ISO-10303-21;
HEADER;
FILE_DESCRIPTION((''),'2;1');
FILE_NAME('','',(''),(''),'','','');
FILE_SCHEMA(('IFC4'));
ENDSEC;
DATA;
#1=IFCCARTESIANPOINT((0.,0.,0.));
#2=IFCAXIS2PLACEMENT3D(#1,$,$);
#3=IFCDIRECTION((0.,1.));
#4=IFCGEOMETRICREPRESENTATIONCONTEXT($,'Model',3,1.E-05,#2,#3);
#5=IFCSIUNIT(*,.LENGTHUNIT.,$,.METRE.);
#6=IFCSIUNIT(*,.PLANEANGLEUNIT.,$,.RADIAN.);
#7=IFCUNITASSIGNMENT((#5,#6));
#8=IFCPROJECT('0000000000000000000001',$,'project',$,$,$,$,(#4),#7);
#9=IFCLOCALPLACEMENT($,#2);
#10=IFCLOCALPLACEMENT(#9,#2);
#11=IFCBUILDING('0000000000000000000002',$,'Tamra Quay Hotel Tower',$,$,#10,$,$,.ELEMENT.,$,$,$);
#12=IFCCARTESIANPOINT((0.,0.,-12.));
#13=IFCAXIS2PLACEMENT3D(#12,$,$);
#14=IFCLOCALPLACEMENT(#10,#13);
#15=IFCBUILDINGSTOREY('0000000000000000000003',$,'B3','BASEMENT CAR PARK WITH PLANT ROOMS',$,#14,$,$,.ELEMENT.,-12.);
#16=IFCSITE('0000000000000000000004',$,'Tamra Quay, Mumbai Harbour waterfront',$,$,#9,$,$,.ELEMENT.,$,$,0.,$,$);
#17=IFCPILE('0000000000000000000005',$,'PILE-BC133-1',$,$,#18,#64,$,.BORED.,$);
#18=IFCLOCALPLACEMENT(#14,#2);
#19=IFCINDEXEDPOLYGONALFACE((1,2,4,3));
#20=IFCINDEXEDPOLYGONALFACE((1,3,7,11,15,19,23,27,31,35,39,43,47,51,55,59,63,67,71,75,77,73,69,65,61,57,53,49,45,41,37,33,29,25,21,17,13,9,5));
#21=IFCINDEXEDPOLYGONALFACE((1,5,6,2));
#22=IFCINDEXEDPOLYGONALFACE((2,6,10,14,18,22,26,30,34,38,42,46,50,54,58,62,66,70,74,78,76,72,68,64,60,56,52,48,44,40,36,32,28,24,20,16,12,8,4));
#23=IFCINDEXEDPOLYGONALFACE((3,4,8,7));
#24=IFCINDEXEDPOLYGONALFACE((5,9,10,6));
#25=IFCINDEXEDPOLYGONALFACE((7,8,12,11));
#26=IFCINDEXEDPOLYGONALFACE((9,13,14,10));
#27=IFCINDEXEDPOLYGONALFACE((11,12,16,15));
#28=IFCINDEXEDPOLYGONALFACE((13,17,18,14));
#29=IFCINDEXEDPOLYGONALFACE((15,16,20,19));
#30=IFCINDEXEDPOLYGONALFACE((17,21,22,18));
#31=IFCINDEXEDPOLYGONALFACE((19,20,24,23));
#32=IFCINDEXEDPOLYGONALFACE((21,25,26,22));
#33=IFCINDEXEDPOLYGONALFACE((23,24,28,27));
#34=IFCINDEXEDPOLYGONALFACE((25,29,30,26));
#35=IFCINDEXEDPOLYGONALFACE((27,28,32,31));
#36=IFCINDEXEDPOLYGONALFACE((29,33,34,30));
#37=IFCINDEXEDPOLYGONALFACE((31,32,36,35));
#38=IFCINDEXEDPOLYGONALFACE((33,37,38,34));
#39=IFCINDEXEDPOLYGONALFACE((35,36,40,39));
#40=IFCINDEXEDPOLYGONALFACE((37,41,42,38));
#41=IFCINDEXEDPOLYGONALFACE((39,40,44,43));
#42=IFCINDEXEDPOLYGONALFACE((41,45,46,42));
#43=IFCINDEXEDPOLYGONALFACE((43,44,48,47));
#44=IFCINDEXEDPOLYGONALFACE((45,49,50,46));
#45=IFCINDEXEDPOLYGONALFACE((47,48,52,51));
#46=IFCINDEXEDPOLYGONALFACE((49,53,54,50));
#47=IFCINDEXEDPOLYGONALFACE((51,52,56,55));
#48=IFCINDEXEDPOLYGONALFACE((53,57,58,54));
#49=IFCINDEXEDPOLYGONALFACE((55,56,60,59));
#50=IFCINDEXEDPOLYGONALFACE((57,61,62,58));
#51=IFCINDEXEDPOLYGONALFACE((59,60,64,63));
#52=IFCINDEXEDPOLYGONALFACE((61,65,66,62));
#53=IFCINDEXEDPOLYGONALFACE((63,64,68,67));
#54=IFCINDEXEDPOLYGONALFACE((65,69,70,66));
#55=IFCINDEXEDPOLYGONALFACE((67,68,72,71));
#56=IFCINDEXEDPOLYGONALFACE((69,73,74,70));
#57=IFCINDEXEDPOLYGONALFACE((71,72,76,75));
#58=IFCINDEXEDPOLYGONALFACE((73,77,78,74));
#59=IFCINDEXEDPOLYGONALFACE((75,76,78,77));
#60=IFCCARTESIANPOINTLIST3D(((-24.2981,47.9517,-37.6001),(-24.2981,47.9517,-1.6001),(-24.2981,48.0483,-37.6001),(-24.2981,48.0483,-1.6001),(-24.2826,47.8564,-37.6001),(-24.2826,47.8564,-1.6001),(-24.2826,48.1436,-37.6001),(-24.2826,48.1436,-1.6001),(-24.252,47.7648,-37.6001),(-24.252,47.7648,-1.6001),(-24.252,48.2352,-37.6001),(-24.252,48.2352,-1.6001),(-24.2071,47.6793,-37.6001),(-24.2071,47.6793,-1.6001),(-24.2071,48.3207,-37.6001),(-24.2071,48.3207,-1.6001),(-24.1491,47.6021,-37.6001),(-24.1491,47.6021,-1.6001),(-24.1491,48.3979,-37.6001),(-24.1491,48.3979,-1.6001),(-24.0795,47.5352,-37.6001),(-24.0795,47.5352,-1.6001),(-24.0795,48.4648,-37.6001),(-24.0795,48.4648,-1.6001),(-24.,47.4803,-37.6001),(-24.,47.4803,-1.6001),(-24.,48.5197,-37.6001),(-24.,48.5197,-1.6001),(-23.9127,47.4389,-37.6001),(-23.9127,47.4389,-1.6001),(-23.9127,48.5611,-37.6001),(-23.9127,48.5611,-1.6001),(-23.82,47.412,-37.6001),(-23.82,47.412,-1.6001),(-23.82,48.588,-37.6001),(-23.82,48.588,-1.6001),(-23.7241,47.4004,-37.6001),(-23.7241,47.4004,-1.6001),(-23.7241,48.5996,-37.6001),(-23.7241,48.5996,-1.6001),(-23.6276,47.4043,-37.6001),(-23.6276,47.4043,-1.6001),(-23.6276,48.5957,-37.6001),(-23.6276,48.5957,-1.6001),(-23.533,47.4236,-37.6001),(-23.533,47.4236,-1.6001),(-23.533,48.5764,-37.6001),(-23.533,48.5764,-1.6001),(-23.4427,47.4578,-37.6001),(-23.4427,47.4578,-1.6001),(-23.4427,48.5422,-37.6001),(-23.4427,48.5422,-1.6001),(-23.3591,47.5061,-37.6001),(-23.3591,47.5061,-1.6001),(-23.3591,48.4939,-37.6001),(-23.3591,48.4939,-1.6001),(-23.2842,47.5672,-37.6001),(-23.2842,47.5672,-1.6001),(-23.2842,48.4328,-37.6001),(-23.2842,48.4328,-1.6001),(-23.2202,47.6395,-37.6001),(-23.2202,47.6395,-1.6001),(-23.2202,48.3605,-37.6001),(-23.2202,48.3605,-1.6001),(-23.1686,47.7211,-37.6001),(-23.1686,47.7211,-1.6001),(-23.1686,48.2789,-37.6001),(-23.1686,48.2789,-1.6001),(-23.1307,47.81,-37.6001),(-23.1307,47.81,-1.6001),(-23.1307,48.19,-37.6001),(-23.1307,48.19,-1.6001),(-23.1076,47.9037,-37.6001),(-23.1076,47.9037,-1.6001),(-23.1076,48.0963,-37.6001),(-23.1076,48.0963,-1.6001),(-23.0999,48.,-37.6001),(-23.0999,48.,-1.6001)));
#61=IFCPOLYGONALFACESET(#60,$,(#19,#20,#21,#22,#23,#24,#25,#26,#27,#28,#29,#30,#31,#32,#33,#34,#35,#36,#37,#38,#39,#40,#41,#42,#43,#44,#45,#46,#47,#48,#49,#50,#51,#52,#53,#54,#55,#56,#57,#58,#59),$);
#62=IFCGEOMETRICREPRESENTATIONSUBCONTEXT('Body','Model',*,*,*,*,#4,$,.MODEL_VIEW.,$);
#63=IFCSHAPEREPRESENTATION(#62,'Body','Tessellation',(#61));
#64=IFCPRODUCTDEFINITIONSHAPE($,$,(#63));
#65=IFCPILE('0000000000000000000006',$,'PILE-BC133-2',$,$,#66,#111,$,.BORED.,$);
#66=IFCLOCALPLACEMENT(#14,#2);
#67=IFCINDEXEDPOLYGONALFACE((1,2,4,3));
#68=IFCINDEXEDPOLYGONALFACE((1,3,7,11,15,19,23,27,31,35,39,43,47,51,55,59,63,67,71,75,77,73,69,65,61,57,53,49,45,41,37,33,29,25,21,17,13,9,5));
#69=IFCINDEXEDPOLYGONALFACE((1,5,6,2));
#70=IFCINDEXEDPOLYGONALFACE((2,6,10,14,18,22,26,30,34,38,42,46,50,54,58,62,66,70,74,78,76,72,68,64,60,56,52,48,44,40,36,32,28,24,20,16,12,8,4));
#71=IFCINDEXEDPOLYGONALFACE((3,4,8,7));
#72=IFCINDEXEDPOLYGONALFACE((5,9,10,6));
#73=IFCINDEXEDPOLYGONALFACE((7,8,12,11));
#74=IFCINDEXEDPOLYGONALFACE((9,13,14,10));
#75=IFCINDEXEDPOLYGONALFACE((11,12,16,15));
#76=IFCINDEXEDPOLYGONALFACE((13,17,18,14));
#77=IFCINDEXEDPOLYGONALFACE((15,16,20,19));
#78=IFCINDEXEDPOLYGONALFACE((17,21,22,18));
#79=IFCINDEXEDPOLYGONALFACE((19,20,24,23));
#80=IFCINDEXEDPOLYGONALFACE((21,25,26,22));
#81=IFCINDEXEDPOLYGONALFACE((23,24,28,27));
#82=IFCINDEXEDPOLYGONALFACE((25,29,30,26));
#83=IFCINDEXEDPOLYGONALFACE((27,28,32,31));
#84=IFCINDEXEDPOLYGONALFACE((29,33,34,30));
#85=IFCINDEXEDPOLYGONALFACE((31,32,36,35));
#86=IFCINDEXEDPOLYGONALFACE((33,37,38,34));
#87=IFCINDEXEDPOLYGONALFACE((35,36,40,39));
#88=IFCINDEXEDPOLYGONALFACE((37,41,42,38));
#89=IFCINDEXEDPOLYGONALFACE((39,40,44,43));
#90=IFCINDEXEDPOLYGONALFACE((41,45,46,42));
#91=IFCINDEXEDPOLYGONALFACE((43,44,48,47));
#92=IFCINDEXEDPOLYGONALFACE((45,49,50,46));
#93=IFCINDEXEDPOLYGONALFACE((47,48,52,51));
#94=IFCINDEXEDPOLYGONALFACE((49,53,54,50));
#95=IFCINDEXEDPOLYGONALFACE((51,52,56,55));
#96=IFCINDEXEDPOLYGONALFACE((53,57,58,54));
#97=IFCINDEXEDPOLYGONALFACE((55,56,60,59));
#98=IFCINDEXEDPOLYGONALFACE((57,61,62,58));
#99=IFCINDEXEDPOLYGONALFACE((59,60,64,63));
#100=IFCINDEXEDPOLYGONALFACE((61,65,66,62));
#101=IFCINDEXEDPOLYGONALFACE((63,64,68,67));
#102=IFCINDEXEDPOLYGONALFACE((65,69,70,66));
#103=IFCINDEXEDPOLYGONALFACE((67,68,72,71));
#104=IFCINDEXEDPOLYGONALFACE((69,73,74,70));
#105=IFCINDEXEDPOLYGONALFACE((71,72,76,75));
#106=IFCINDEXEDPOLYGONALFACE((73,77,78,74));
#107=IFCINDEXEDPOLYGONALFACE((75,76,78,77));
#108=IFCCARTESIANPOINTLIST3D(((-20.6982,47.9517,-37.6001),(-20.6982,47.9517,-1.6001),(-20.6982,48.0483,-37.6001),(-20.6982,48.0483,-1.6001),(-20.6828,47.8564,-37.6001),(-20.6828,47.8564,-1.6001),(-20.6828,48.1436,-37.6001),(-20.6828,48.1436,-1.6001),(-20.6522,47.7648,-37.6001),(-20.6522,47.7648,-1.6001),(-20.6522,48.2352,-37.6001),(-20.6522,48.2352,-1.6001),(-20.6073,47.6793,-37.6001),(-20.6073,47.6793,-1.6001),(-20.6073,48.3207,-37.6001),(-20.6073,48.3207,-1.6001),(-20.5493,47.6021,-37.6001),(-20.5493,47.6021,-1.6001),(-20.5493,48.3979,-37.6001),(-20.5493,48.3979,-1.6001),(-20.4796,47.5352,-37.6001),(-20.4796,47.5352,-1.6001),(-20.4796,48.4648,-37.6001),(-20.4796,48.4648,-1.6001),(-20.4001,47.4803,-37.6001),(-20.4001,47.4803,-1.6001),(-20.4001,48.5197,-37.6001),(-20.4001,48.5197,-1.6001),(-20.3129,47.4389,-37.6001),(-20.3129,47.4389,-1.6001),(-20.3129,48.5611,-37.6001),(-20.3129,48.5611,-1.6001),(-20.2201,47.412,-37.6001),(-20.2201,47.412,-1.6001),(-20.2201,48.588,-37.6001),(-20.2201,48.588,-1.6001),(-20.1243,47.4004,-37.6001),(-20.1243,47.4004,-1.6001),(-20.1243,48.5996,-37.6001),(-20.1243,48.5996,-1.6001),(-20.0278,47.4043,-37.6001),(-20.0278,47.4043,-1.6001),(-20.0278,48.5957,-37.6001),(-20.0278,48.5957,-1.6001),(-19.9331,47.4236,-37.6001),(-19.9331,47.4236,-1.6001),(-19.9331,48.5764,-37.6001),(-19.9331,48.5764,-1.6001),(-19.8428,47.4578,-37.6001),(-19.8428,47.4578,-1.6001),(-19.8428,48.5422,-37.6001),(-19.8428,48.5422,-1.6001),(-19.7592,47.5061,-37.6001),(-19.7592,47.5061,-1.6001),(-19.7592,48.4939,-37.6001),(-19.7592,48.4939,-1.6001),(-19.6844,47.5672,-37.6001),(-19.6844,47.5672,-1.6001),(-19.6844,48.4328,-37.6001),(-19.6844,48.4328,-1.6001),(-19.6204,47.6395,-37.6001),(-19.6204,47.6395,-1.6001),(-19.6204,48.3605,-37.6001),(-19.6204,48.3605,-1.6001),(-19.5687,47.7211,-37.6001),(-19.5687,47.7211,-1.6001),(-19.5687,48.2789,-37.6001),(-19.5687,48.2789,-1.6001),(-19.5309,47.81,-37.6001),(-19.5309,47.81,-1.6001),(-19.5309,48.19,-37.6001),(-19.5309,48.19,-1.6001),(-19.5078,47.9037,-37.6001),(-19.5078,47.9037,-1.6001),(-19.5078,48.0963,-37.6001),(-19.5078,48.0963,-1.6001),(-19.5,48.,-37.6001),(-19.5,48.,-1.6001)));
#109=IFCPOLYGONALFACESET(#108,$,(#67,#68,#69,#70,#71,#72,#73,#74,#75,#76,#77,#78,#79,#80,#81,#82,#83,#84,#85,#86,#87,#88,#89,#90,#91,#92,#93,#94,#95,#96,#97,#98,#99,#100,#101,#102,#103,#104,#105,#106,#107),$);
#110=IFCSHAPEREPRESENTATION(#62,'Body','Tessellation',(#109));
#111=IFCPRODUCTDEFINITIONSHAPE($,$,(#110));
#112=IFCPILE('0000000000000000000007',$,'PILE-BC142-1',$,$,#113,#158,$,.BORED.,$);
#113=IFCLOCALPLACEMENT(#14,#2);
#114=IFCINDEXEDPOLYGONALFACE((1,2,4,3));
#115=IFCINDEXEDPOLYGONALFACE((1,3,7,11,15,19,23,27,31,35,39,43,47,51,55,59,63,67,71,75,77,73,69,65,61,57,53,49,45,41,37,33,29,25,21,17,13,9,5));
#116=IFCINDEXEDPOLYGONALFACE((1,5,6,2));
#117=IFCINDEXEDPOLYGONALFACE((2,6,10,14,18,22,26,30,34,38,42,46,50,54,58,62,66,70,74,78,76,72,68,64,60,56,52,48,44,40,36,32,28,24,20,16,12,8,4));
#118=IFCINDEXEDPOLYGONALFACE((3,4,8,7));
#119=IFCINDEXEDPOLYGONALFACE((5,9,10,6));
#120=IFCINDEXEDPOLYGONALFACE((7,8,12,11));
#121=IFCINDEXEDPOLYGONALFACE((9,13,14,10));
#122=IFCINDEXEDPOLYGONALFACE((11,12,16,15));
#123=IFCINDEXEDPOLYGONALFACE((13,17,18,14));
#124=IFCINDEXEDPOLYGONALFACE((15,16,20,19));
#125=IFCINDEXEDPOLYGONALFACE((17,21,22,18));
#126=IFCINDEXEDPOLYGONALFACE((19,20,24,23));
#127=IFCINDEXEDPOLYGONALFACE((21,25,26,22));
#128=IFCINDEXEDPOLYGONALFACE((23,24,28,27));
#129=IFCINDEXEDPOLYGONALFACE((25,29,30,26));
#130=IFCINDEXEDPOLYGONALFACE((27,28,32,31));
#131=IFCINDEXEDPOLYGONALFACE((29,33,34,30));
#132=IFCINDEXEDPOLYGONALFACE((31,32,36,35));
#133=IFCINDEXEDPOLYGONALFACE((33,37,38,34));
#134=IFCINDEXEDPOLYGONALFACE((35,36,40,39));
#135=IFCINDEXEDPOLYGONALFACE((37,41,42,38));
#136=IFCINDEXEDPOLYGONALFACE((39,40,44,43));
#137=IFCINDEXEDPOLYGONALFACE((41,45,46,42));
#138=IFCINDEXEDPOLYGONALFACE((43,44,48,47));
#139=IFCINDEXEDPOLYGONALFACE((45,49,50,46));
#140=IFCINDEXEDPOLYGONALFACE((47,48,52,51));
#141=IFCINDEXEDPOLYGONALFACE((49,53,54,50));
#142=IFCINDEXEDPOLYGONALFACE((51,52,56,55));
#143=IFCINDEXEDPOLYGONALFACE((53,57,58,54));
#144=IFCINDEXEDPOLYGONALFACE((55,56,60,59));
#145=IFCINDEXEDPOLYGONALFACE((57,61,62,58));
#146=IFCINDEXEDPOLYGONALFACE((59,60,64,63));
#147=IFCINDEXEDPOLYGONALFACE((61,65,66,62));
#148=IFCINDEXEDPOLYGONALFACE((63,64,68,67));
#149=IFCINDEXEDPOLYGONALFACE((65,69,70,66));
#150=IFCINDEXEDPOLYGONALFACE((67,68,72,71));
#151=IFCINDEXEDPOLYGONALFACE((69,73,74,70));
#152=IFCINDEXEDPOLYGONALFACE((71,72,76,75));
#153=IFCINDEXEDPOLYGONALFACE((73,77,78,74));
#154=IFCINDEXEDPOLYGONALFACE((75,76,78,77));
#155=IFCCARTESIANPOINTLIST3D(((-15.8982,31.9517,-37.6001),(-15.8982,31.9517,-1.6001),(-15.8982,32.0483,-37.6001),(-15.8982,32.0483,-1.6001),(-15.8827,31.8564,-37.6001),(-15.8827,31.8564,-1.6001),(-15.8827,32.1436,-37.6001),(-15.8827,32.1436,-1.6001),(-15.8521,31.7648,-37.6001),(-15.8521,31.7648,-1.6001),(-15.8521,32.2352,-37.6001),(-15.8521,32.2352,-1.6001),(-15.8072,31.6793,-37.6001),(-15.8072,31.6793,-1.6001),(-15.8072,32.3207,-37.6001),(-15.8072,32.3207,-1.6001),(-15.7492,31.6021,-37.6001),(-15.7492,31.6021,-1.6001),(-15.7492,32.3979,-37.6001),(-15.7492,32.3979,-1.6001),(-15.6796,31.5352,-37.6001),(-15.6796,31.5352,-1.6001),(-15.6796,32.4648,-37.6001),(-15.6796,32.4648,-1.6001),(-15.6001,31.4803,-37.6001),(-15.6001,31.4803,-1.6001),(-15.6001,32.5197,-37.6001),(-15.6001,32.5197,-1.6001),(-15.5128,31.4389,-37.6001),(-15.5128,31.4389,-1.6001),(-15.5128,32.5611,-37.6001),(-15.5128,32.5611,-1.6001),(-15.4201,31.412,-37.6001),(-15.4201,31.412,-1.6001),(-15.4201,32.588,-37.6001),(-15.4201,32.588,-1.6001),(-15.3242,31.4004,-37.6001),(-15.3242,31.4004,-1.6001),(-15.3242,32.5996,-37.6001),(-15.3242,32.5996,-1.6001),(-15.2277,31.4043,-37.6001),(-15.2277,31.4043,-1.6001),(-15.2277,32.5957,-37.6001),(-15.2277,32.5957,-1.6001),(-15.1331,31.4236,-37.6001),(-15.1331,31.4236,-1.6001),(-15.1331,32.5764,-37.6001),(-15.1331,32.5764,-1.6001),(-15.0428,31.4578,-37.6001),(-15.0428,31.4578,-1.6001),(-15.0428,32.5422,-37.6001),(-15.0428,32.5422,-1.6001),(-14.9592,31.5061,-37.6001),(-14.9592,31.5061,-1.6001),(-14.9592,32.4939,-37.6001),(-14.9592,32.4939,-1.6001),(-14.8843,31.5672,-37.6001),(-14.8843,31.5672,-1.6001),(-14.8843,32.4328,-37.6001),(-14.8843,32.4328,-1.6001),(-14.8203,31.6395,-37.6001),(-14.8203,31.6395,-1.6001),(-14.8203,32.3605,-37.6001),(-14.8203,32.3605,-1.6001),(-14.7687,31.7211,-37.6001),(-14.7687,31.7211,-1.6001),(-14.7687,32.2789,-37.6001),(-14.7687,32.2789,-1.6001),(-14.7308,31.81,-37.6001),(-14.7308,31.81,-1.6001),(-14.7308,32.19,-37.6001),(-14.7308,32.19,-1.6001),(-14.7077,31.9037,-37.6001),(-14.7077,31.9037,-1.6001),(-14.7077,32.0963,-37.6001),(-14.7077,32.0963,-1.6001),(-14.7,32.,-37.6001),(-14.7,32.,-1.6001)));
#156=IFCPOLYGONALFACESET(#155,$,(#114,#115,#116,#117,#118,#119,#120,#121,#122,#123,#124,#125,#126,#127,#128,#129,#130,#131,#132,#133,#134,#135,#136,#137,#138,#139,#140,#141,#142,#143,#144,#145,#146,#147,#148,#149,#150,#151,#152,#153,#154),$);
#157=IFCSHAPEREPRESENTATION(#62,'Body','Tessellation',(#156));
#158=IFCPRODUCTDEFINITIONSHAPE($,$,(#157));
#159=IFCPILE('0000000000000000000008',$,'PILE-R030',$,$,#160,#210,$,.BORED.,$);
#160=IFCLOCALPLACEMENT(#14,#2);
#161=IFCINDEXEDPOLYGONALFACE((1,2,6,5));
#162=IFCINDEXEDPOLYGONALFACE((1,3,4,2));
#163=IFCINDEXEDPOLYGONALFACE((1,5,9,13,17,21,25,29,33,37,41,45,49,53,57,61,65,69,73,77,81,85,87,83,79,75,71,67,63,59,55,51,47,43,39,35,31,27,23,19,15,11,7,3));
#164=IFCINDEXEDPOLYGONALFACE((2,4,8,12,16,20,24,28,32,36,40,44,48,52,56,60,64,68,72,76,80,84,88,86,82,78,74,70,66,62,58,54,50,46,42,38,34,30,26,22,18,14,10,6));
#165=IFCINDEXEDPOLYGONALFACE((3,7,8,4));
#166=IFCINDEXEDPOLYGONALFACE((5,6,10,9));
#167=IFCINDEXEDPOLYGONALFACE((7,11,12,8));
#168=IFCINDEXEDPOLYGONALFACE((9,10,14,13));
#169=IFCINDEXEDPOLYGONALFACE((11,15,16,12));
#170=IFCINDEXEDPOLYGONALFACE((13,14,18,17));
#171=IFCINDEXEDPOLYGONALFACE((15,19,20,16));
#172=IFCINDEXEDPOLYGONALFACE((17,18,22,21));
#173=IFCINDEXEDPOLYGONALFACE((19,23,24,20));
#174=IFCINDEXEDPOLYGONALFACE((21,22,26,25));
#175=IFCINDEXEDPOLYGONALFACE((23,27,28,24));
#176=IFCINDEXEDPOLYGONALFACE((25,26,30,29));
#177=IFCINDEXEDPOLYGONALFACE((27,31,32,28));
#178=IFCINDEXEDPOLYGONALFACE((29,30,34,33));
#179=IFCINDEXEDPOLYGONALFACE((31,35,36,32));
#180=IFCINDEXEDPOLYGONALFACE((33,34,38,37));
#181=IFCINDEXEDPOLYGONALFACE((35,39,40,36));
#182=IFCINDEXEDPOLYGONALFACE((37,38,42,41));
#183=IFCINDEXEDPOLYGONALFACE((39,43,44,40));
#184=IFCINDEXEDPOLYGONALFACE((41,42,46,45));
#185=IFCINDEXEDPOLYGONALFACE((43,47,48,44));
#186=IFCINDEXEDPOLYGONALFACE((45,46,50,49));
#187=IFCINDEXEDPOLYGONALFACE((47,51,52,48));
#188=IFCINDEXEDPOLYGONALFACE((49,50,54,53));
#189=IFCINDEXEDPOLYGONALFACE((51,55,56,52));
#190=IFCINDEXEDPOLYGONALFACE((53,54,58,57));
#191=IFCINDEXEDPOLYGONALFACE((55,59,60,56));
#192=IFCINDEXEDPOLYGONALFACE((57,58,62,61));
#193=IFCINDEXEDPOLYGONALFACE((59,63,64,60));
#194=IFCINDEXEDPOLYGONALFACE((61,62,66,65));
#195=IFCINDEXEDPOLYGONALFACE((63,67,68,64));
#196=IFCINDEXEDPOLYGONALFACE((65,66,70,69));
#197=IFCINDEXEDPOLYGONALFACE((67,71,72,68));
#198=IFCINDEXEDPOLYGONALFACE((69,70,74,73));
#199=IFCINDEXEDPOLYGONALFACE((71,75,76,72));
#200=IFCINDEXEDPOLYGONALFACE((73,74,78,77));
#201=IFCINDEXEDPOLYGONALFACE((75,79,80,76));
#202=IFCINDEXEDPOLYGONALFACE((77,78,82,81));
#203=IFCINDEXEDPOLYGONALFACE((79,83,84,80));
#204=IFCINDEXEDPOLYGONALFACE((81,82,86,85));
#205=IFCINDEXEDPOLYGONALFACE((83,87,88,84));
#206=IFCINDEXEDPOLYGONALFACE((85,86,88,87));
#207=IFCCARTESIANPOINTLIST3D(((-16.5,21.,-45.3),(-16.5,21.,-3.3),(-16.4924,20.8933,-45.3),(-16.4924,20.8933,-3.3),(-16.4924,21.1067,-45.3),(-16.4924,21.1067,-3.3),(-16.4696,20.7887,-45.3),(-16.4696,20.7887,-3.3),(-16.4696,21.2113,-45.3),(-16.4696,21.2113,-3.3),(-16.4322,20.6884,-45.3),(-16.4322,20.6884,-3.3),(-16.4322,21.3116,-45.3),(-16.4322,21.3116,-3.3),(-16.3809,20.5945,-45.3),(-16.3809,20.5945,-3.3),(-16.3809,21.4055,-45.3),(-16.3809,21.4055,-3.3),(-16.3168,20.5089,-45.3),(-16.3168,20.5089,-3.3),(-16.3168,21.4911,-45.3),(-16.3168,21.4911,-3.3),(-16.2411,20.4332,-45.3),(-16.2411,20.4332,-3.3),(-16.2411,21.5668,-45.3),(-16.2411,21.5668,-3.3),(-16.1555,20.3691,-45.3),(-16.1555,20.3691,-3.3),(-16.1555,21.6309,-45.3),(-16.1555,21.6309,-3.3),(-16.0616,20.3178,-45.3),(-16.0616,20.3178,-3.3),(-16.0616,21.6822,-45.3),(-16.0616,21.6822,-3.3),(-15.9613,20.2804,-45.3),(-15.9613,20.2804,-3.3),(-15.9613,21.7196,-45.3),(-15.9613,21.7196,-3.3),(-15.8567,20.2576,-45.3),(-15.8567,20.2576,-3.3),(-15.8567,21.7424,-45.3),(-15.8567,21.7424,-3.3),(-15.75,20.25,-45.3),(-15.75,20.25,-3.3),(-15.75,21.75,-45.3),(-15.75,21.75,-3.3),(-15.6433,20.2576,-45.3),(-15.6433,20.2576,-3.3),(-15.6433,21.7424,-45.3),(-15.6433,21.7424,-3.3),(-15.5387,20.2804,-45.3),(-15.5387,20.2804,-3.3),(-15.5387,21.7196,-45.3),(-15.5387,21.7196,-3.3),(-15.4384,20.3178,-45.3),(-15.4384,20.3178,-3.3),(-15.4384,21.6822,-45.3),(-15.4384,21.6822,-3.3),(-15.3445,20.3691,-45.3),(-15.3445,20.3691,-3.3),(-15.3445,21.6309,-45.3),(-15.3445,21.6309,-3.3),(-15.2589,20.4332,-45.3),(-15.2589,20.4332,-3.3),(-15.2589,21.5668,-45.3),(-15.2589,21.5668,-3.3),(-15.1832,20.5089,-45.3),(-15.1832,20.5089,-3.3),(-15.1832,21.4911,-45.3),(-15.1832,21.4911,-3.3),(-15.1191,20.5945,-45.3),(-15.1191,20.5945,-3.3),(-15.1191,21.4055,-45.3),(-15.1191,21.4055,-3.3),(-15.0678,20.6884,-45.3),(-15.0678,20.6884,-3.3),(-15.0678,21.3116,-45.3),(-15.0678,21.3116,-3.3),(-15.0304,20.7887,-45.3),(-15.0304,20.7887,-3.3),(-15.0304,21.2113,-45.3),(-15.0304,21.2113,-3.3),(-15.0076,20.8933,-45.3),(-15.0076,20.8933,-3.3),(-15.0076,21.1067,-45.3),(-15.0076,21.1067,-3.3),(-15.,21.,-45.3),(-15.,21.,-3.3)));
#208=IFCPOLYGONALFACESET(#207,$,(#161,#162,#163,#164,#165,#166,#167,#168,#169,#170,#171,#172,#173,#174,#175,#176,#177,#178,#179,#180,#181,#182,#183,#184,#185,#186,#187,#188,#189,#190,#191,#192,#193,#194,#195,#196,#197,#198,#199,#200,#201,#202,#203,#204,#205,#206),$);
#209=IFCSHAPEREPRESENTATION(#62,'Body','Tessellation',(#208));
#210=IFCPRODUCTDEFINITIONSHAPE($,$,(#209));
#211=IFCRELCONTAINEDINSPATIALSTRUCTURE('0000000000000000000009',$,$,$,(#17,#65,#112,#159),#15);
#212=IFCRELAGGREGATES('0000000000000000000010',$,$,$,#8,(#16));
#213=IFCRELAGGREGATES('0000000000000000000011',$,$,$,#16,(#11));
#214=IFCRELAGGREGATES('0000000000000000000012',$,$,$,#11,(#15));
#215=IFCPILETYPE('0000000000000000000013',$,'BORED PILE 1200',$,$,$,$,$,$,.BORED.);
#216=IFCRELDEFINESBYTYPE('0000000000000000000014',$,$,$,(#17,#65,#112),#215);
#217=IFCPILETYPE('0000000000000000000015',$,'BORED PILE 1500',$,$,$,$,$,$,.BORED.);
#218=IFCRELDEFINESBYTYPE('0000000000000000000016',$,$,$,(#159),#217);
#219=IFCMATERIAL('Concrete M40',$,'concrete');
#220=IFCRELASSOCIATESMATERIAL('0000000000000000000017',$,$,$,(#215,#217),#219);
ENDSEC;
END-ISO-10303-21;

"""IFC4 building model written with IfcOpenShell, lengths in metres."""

from ifc_helpers import new_model, si_unit, direction, frame, origin, origin_2d, place, context, subcontext, project, spatial, circle, extrude, material, material_profile, profile_set, type_object, element, save


model = new_model("IFC4")

# Units and contexts
model_context = context("Model", 3, precision=1e-05, world=origin(), true_north=direction((0.0, 1.0)))
body_context = subcontext(model_context, "Body", "Model", "MODEL_VIEW")
ifc_project = project(units=[si_unit("LENGTHUNIT", "METRE"), si_unit("PLANEANGLEUNIT", "RADIAN")], contexts=[model_context])

# Site, building, storey
site_placement = place(None, origin())
site = spatial("IfcSite", under=ifc_project, at=site_placement, Name="Tamra Quay, Mumbai Harbour waterfront", CompositionType="ELEMENT", RefElevation=0.0)
building_placement = place(site_placement, origin())
building = spatial("IfcBuilding", under=site, at=building_placement, Name="Tamra Quay Hotel Tower", CompositionType="ELEMENT")
storey_placement = place(building_placement, frame((0.0, 0.0, -12.0)))
storey = spatial("IfcBuildingStorey", under=building, at=storey_placement, Name="B3", Description="BASEMENT CAR PARK WITH PLANT ROOMS", CompositionType="ELEMENT", Elevation=-12.0)

# Piles
ifc_material_1 = material(Name="Concrete M40", Category="concrete")
ifc_material_profile_1 = material_profile(ifc_material_1, circle(Radius=0.6001, at=origin_2d()), Name="BORED PILE 1200")
ifc_profile_set_1 = profile_set([ifc_material_profile_1], Name="Concrete M40")
pile_type_1 = type_object("IfcPileType", Name="BORED PILE 1200", PredefinedType="BORED", material=ifc_profile_set_1)
for number, where, z_axis, x_axis, name in (
    (1, (-23.7, 48.0, -1.6001), (0.0, 0.0, -1.0), (1.0, 0.0, 0.0), "PILE-BC133-1"),
    (2, (-20.1001, 48.0, -1.6001), (0.0, 0.0, -1.0), (1.0, 0.0, 0.0), "PILE-BC133-2"),
    (3, (-15.3, 32.0, -1.6001), (0.0, 0.0, -1.0), (1.0, 0.0, 0.0), "PILE-BC142-1"),
):
    element("IfcPile", number, at=place(storey_placement, frame(where, z_axis=z_axis, x_axis=x_axis)), inside=storey, type_object=pile_type_1, Name=name, PredefinedType="BORED", context=body_context, shape_type="SweptSolid", body=[
        extrude(circle(Radius=0.6001, at=origin_2d()), origin(), (0.0, 0.0, 1.0), 36.0),
    ])
ifc_material_profile_2 = material_profile(ifc_material_1, circle(Radius=0.75, at=origin_2d()), Name="BORED PILE 1500")
ifc_profile_set_2 = profile_set([ifc_material_profile_2], Name="Concrete M40")
pile_type_2 = type_object("IfcPileType", Name="BORED PILE 1500", PredefinedType="BORED", material=ifc_profile_set_2)
pile_placement = place(storey_placement, frame((-15.75, 21.0, -3.3), z_axis=(0.0, 0.0, -1.0), x_axis=(1.0, 0.0, 0.0)))
element("IfcPile", 4, at=pile_placement, inside=storey, type_object=pile_type_2, Name="PILE-R030", PredefinedType="BORED", context=body_context, shape_type="SweptSolid", body=[
    extrude(circle(Radius=0.75, at=origin_2d()), origin(), (0.0, 0.0, 1.0), 42.0),
])

save(model, "model.ifc")
